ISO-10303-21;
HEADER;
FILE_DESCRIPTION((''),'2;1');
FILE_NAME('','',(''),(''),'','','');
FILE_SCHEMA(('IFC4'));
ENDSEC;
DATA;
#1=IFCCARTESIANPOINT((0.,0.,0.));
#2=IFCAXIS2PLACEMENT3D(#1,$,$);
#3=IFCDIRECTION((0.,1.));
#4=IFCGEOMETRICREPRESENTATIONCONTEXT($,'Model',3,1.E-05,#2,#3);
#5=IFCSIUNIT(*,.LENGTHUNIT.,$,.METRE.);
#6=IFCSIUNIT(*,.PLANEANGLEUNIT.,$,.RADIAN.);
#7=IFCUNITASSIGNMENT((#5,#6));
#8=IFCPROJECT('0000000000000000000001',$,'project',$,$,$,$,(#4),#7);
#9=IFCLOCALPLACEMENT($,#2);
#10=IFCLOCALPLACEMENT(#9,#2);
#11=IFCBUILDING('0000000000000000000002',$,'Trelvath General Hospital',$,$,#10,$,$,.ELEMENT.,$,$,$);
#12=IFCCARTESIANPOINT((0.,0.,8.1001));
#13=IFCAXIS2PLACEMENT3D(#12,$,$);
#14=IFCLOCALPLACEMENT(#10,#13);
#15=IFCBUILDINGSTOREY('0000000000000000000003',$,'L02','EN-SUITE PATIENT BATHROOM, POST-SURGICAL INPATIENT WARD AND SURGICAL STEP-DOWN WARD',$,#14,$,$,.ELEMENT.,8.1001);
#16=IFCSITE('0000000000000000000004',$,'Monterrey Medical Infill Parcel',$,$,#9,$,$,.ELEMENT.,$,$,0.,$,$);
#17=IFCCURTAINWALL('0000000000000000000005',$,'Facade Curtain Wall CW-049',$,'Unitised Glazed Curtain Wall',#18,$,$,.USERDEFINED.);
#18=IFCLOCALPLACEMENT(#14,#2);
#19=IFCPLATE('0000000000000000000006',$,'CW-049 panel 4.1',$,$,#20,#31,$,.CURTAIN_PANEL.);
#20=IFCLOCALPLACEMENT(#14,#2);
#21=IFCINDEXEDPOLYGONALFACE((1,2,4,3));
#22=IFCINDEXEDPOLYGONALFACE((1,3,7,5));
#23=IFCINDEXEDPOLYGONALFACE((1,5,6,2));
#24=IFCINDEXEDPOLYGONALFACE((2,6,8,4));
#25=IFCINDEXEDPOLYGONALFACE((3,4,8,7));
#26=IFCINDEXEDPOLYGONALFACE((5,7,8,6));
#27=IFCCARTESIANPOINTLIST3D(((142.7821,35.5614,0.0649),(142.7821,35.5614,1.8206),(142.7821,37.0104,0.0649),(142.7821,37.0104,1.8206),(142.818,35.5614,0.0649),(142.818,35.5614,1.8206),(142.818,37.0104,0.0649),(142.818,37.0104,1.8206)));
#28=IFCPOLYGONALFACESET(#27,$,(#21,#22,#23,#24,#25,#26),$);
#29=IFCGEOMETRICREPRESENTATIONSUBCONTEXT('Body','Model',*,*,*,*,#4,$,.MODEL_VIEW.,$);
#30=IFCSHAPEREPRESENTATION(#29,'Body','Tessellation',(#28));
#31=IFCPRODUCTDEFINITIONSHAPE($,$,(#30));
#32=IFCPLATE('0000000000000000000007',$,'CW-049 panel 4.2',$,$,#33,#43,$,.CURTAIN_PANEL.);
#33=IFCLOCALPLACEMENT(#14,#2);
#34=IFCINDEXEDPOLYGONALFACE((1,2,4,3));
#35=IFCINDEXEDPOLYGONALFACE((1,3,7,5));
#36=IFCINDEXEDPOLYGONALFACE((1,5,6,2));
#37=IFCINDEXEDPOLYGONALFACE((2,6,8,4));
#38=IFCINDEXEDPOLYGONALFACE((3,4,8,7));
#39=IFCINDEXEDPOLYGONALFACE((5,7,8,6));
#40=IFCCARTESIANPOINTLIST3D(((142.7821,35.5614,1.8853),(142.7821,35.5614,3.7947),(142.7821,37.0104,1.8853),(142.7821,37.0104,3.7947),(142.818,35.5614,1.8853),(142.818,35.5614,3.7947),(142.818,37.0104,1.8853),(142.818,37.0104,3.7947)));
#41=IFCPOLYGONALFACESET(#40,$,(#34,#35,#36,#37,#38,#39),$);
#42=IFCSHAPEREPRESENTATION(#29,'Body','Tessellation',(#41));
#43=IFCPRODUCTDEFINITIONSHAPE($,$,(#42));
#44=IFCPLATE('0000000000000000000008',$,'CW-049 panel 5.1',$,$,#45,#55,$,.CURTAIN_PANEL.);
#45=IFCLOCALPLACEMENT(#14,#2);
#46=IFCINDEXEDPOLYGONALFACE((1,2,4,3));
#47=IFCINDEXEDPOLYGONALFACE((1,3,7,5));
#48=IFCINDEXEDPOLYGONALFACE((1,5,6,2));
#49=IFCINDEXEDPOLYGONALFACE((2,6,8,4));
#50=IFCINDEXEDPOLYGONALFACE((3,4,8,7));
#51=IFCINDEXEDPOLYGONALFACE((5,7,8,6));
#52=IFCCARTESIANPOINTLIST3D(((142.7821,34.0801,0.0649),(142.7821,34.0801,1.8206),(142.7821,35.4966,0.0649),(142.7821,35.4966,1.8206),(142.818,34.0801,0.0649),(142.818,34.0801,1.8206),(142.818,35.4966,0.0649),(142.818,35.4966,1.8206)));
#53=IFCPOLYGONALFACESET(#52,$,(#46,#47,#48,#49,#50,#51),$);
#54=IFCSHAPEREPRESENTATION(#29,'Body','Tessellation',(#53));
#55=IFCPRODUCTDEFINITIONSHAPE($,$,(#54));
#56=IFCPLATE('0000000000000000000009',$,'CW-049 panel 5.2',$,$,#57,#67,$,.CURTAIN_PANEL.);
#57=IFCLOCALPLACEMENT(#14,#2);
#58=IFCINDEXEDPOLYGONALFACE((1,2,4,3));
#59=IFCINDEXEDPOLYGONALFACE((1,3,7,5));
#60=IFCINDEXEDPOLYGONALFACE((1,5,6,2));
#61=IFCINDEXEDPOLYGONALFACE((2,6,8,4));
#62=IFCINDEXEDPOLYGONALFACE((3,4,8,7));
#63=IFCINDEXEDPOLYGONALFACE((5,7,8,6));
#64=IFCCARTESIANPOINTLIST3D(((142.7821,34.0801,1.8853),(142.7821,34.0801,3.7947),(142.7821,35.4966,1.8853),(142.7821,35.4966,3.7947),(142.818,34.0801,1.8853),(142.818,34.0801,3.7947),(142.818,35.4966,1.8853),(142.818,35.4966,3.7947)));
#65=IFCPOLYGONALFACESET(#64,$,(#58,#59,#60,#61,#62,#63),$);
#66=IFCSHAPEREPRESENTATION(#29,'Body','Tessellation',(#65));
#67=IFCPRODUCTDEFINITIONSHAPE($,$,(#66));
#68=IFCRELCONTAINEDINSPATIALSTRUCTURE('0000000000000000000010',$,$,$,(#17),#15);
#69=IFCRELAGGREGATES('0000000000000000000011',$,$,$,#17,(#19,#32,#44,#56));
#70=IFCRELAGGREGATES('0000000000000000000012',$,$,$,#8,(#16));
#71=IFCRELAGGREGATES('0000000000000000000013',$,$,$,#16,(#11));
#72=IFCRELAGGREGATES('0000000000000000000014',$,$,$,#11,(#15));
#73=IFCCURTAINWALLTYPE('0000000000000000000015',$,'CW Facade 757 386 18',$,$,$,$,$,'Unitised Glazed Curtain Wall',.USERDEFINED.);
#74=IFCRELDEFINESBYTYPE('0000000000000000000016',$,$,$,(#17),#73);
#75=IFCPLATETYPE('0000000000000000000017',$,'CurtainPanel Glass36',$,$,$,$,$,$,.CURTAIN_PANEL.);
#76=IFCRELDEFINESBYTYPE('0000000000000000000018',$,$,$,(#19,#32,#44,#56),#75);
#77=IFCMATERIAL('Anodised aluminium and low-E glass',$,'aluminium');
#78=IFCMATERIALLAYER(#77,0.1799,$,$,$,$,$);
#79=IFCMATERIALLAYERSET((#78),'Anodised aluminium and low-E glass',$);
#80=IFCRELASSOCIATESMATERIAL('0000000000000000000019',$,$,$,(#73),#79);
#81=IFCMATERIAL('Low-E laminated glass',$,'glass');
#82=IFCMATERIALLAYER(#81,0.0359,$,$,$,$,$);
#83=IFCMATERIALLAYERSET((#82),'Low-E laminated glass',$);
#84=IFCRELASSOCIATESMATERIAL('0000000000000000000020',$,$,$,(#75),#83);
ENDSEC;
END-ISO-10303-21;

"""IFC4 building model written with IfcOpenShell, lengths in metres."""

from ifc_helpers import new_model, si_unit, direction, frame, origin, origin_2d, place, context, subcontext, project, spatial, rectangle, extrude, material, layer, layer_set, type_object, element, aggregate, save


model = new_model("IFC4")

# Units and contexts
model_context = context("Model", 3, precision=1e-05, world=origin(), true_north=direction((0.0, 1.0)))
body_context = subcontext(model_context, "Body", "Model", "MODEL_VIEW")
ifc_project = project(units=[si_unit("LENGTHUNIT", "METRE"), si_unit("PLANEANGLEUNIT", "RADIAN")], contexts=[model_context])

# Site, building, storey
site_placement = place(None, origin())
site = spatial("IfcSite", under=ifc_project, at=site_placement, Name="Monterrey Medical Infill Parcel", CompositionType="ELEMENT", RefElevation=0.0)
building_placement = place(site_placement, origin())
building = spatial("IfcBuilding", under=site, at=building_placement, Name="Trelvath General Hospital", CompositionType="ELEMENT")
storey_placement = place(building_placement, frame((0.0, 0.0, 8.1001)))
storey = spatial("IfcBuildingStorey", under=building, at=storey_placement, Name="L02", Description="EN-SUITE PATIENT BATHROOM, POST-SURGICAL INPATIENT WARD AND SURGICAL STEP-DOWN WARD", CompositionType="ELEMENT", Elevation=8.1001)

# Curtain wall, plates
ifc_material_1 = material(Name="Anodised aluminium and low-E glass", Category="aluminium")
ifc_layer_1 = layer(ifc_material_1, 0.1799)
ifc_layer_set_1 = layer_set([ifc_layer_1], Name="Anodised aluminium and low-E glass")
curtain_wall_type = type_object("IfcCurtainWallType", Name="CW Facade 757 386 18", ElementType="Unitised Glazed Curtain Wall", PredefinedType="USERDEFINED", material=ifc_layer_set_1)
curtain_wall_placement = place(storey_placement, origin())
curtain_wall = element("IfcCurtainWall", 1, at=curtain_wall_placement, inside=storey, type_object=curtain_wall_type, Name="Facade Curtain Wall CW-049", ObjectType="Unitised Glazed Curtain Wall", PredefinedType="USERDEFINED")
ifc_material_2 = material(Name="Low-E laminated glass", Category="glass")
ifc_layer_2 = layer(ifc_material_2, 0.0359)
ifc_layer_set_2 = layer_set([ifc_layer_2], Name="Low-E laminated glass")
plate_type = type_object("IfcPlateType", Name="CurtainPanel Glass36", PredefinedType="CURTAIN_PANEL", material=ifc_layer_set_2)
plate_1_placement = place(storey_placement, frame((142.8, 36.2859, 0.0649), z_axis=(0.0, 0.0, 1.0), x_axis=(0.0, -1.0, 0.0)))
plate_1 = element("IfcPlate", 2, at=plate_1_placement, type_object=plate_type, Name="CW-049 panel 4.1", PredefinedType="CURTAIN_PANEL", context=body_context, shape_type="SweptSolid", body=[
    extrude(rectangle(XDim=1.449, YDim=0.0359, at=origin_2d()), origin(), (0.0, 0.0, 1.0), 1.7556),
])
plate_2_placement = place(storey_placement, frame((142.8, 36.2859, 1.8853), z_axis=(0.0, 0.0, 1.0), x_axis=(0.0, -1.0, 0.0)))
plate_2 = element("IfcPlate", 3, at=plate_2_placement, type_object=plate_type, Name="CW-049 panel 4.2", PredefinedType="CURTAIN_PANEL", context=body_context, shape_type="SweptSolid", body=[
    extrude(rectangle(XDim=1.449, YDim=0.0359, at=origin_2d()), origin(), (0.0, 0.0, 1.0), 1.9094),
])
plate_3_placement = place(storey_placement, frame((142.8, 34.7883, 0.0649), z_axis=(0.0, 0.0, 1.0), x_axis=(0.0, -1.0, 0.0)))
plate_3 = element("IfcPlate", 4, at=plate_3_placement, type_object=plate_type, Name="CW-049 panel 5.1", PredefinedType="CURTAIN_PANEL", context=body_context, shape_type="SweptSolid", body=[
    extrude(rectangle(XDim=1.4165, YDim=0.0359, at=origin_2d()), origin(), (0.0, 0.0, 1.0), 1.7556),
])
plate_4_placement = place(storey_placement, frame((142.8, 34.7883, 1.8853), z_axis=(0.0, 0.0, 1.0), x_axis=(0.0, -1.0, 0.0)))
plate_4 = element("IfcPlate", 5, at=plate_4_placement, type_object=plate_type, Name="CW-049 panel 5.2", PredefinedType="CURTAIN_PANEL", context=body_context, shape_type="SweptSolid", body=[
    extrude(rectangle(XDim=1.4165, YDim=0.0359, at=origin_2d()), origin(), (0.0, 0.0, 1.0), 1.9094),
])
aggregate(curtain_wall, [plate_1, plate_2, plate_3, plate_4])

save(model, "model.ifc")
